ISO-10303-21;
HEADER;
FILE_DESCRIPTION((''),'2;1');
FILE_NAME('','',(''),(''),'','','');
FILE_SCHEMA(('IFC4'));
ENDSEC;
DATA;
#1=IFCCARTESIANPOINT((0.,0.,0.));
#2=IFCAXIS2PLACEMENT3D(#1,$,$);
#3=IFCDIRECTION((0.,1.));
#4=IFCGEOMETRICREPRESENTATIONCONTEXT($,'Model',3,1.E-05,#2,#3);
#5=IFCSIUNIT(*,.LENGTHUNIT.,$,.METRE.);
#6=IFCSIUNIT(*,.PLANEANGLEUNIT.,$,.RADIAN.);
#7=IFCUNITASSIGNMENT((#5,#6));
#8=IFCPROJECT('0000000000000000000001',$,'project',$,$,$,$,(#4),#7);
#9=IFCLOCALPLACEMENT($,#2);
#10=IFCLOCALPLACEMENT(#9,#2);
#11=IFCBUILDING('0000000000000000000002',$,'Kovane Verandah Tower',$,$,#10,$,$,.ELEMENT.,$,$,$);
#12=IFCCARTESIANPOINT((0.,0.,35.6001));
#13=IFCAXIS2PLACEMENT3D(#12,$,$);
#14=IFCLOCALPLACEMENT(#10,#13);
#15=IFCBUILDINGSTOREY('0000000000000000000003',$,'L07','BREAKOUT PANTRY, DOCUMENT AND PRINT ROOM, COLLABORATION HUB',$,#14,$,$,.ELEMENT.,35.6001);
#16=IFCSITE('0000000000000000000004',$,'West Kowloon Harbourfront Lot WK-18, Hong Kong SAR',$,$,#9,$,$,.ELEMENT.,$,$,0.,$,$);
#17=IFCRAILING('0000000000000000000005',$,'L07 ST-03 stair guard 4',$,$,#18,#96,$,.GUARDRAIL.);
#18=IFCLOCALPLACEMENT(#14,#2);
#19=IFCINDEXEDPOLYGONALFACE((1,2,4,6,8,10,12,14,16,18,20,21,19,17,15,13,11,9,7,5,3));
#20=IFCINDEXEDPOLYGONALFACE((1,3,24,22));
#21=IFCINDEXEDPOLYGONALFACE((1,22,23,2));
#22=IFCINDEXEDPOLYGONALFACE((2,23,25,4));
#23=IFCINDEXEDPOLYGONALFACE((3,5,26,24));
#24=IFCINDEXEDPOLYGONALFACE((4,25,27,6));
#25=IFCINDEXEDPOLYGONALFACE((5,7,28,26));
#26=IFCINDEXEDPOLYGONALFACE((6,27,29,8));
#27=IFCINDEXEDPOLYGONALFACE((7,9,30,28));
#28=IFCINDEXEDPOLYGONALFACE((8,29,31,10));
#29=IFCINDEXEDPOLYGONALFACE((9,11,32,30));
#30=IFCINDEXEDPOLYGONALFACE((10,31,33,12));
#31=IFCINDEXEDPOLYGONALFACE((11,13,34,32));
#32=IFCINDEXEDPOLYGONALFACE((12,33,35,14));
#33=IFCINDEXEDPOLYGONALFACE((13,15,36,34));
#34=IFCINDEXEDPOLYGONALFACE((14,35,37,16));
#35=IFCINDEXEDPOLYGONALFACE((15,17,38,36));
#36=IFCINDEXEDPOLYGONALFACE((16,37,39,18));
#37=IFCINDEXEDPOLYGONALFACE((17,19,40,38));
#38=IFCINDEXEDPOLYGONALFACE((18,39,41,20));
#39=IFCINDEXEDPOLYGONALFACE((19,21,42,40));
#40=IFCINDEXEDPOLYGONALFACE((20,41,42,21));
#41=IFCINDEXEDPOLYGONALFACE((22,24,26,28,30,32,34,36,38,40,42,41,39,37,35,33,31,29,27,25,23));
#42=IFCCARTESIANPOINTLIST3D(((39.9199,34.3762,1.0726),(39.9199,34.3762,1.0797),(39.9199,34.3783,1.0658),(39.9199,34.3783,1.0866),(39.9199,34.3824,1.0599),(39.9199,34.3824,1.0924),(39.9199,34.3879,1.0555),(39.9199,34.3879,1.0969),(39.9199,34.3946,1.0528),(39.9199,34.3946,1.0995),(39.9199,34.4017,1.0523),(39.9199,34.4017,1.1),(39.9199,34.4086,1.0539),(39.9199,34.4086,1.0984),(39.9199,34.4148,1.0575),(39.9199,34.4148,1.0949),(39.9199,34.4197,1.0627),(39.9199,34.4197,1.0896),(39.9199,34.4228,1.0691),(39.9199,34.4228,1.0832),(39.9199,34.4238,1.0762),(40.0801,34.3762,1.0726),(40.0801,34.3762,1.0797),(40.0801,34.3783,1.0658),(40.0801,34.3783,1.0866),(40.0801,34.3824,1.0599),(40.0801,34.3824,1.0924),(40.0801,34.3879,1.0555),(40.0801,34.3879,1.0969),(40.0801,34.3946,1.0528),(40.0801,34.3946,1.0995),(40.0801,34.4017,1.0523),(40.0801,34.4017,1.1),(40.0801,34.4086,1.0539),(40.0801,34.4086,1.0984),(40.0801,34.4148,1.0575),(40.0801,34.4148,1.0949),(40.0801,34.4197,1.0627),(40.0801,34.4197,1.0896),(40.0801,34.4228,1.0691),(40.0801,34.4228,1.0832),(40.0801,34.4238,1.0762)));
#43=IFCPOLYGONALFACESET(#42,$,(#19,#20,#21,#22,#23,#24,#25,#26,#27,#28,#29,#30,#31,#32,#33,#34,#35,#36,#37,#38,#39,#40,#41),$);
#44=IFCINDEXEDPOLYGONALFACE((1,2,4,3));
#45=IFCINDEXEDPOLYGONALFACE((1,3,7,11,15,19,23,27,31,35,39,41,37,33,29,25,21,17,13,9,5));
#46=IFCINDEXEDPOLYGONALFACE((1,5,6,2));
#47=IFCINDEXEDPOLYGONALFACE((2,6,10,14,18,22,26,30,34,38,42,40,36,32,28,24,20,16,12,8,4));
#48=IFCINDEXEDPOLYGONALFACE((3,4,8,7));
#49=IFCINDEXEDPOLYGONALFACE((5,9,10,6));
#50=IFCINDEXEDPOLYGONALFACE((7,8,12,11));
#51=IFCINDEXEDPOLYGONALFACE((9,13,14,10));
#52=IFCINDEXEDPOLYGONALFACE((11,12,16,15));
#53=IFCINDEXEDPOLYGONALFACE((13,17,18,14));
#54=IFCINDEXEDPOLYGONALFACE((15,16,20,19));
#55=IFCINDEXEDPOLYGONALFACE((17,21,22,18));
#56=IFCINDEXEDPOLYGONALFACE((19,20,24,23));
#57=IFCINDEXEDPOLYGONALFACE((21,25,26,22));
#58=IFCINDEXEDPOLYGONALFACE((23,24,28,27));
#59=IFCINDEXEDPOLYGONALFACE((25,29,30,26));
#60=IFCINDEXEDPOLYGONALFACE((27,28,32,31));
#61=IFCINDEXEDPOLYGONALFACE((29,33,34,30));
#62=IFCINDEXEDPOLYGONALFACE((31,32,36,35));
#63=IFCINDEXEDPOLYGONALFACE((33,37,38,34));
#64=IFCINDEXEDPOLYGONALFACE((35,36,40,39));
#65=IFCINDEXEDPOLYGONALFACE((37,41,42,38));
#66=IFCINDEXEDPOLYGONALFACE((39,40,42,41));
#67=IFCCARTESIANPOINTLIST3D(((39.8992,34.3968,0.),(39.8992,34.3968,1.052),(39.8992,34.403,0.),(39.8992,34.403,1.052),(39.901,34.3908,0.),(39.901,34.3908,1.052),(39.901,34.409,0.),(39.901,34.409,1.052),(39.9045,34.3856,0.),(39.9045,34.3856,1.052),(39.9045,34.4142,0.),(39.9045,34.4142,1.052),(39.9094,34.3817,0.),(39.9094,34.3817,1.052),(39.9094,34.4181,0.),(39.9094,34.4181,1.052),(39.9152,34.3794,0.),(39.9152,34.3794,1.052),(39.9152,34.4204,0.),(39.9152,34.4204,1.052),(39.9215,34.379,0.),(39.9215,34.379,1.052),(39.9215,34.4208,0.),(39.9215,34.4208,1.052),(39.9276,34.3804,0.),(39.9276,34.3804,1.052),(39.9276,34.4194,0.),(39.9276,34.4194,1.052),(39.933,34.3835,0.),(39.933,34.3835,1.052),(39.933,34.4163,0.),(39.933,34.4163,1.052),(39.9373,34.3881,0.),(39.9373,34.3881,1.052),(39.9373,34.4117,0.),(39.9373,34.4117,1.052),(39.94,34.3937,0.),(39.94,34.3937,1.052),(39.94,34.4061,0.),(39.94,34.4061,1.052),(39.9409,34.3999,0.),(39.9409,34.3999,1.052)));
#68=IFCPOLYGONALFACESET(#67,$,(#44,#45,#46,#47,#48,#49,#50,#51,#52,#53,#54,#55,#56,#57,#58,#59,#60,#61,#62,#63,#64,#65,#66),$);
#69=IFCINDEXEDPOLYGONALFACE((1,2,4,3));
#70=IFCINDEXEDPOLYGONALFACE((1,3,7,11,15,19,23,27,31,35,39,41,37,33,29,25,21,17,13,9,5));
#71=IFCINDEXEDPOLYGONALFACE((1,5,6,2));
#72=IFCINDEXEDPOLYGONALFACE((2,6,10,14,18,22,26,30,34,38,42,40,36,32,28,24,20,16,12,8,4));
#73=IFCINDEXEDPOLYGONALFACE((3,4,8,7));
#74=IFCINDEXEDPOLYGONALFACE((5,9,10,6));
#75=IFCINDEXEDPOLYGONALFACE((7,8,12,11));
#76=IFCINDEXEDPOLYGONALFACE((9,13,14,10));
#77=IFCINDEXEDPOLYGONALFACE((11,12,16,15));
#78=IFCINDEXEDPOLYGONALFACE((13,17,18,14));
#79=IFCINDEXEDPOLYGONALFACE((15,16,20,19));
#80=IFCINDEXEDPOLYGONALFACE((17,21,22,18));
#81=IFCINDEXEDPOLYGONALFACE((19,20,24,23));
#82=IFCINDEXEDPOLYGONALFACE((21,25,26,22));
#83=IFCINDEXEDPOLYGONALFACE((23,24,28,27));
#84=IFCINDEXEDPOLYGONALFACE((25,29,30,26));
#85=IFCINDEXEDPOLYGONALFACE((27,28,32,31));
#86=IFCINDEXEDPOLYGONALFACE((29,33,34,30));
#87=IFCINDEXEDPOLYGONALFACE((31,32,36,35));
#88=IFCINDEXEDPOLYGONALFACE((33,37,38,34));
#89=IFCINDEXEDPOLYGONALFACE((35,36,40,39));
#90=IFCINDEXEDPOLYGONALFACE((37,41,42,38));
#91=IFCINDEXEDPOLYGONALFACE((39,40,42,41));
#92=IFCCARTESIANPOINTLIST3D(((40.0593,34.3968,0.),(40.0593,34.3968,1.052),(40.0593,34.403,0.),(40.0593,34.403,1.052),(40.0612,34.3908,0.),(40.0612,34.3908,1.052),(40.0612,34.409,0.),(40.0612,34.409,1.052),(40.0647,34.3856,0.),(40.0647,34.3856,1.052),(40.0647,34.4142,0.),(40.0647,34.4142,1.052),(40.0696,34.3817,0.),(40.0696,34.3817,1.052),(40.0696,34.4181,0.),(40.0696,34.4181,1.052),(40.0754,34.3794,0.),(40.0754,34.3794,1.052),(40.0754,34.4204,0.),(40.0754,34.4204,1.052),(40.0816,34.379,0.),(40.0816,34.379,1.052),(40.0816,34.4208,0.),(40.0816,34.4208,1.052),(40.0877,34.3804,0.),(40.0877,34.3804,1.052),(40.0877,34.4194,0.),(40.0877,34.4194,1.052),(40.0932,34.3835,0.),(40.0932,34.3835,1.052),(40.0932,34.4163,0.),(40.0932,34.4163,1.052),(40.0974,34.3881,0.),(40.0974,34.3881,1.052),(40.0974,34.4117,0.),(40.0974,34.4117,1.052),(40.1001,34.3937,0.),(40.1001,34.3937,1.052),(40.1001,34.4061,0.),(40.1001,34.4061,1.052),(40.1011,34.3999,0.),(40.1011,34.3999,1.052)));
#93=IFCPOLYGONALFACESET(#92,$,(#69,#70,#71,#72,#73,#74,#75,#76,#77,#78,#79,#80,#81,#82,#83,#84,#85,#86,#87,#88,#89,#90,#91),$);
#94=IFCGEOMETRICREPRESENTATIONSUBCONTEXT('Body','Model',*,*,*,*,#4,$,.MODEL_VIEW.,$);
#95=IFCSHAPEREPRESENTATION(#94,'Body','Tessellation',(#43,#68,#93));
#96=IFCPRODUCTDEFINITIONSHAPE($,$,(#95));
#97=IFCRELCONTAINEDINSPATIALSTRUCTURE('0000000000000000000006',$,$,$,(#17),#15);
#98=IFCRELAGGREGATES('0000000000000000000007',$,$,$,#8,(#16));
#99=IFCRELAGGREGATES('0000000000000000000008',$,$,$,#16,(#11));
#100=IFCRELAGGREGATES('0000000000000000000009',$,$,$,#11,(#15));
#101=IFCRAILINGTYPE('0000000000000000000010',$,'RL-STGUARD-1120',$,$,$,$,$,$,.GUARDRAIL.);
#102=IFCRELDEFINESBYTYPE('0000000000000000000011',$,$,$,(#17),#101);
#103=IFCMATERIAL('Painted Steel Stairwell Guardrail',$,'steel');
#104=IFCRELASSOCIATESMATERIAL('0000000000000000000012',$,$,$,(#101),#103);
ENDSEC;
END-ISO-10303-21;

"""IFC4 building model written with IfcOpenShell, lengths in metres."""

from ifc_helpers import new_model, si_unit, direction, frame, origin, origin_2d, place, context, subcontext, project, spatial, circle, extrude, material, type_object, element, save


model = new_model("IFC4")

# Units and contexts
model_context = context("Model", 3, precision=1e-05, world=origin(), true_north=direction((0.0, 1.0)))
body_context = subcontext(model_context, "Body", "Model", "MODEL_VIEW")
ifc_project = project(units=[si_unit("LENGTHUNIT", "METRE"), si_unit("PLANEANGLEUNIT", "RADIAN")], contexts=[model_context])

# Site, building, storey
site_placement = place(None, origin())
site = spatial("IfcSite", under=ifc_project, at=site_placement, Name="West Kowloon Harbourfront Lot WK-18, Hong Kong SAR", CompositionType="ELEMENT", RefElevation=0.0)
building_placement = place(site_placement, origin())
building = spatial("IfcBuilding", under=site, at=building_placement, Name="Kovane Verandah Tower", CompositionType="ELEMENT")
storey_placement = place(building_placement, frame((0.0, 0.0, 35.6001)))
storey = spatial("IfcBuildingStorey", under=building, at=storey_placement, Name="L07", Description="BREAKOUT PANTRY, DOCUMENT AND PRINT ROOM, COLLABORATION HUB", CompositionType="ELEMENT", Elevation=35.6001)

# Railing
ifc_material_1 = material(Name="Painted Steel Stairwell Guardrail", Category="steel")
railing_type = type_object("IfcRailingType", Name="RL-STGUARD-1120", PredefinedType="GUARDRAIL", material=ifc_material_1)
railing_1_placement = place(storey_placement, frame((39.9199, 34.3999, 0.0)))
element("IfcRailing", 1, at=railing_1_placement, inside=storey, type_object=railing_type, Name="L07 ST-03 stair guard 4", PredefinedType="GUARDRAIL", context=body_context, shape_type="SweptSolid", body=[
    extrude(circle(Radius=0.0239, at=origin_2d()), frame((0.0, 0.0, 1.0762), z_axis=(1.0, 0.0, 0.0), x_axis=(0.0, 1.0, 0.0)), (0.0, 0.0, 1.0), 0.1602),
    extrude(circle(Radius=0.021, at=origin_2d()), origin(), (0.0, 0.0, 1.0), 1.052),
    extrude(circle(Radius=0.021, at=origin_2d()), frame((0.1602, 0.0, 0.0)), (0.0, 0.0, 1.0), 1.052),
])

save(model, "model.ifc")
